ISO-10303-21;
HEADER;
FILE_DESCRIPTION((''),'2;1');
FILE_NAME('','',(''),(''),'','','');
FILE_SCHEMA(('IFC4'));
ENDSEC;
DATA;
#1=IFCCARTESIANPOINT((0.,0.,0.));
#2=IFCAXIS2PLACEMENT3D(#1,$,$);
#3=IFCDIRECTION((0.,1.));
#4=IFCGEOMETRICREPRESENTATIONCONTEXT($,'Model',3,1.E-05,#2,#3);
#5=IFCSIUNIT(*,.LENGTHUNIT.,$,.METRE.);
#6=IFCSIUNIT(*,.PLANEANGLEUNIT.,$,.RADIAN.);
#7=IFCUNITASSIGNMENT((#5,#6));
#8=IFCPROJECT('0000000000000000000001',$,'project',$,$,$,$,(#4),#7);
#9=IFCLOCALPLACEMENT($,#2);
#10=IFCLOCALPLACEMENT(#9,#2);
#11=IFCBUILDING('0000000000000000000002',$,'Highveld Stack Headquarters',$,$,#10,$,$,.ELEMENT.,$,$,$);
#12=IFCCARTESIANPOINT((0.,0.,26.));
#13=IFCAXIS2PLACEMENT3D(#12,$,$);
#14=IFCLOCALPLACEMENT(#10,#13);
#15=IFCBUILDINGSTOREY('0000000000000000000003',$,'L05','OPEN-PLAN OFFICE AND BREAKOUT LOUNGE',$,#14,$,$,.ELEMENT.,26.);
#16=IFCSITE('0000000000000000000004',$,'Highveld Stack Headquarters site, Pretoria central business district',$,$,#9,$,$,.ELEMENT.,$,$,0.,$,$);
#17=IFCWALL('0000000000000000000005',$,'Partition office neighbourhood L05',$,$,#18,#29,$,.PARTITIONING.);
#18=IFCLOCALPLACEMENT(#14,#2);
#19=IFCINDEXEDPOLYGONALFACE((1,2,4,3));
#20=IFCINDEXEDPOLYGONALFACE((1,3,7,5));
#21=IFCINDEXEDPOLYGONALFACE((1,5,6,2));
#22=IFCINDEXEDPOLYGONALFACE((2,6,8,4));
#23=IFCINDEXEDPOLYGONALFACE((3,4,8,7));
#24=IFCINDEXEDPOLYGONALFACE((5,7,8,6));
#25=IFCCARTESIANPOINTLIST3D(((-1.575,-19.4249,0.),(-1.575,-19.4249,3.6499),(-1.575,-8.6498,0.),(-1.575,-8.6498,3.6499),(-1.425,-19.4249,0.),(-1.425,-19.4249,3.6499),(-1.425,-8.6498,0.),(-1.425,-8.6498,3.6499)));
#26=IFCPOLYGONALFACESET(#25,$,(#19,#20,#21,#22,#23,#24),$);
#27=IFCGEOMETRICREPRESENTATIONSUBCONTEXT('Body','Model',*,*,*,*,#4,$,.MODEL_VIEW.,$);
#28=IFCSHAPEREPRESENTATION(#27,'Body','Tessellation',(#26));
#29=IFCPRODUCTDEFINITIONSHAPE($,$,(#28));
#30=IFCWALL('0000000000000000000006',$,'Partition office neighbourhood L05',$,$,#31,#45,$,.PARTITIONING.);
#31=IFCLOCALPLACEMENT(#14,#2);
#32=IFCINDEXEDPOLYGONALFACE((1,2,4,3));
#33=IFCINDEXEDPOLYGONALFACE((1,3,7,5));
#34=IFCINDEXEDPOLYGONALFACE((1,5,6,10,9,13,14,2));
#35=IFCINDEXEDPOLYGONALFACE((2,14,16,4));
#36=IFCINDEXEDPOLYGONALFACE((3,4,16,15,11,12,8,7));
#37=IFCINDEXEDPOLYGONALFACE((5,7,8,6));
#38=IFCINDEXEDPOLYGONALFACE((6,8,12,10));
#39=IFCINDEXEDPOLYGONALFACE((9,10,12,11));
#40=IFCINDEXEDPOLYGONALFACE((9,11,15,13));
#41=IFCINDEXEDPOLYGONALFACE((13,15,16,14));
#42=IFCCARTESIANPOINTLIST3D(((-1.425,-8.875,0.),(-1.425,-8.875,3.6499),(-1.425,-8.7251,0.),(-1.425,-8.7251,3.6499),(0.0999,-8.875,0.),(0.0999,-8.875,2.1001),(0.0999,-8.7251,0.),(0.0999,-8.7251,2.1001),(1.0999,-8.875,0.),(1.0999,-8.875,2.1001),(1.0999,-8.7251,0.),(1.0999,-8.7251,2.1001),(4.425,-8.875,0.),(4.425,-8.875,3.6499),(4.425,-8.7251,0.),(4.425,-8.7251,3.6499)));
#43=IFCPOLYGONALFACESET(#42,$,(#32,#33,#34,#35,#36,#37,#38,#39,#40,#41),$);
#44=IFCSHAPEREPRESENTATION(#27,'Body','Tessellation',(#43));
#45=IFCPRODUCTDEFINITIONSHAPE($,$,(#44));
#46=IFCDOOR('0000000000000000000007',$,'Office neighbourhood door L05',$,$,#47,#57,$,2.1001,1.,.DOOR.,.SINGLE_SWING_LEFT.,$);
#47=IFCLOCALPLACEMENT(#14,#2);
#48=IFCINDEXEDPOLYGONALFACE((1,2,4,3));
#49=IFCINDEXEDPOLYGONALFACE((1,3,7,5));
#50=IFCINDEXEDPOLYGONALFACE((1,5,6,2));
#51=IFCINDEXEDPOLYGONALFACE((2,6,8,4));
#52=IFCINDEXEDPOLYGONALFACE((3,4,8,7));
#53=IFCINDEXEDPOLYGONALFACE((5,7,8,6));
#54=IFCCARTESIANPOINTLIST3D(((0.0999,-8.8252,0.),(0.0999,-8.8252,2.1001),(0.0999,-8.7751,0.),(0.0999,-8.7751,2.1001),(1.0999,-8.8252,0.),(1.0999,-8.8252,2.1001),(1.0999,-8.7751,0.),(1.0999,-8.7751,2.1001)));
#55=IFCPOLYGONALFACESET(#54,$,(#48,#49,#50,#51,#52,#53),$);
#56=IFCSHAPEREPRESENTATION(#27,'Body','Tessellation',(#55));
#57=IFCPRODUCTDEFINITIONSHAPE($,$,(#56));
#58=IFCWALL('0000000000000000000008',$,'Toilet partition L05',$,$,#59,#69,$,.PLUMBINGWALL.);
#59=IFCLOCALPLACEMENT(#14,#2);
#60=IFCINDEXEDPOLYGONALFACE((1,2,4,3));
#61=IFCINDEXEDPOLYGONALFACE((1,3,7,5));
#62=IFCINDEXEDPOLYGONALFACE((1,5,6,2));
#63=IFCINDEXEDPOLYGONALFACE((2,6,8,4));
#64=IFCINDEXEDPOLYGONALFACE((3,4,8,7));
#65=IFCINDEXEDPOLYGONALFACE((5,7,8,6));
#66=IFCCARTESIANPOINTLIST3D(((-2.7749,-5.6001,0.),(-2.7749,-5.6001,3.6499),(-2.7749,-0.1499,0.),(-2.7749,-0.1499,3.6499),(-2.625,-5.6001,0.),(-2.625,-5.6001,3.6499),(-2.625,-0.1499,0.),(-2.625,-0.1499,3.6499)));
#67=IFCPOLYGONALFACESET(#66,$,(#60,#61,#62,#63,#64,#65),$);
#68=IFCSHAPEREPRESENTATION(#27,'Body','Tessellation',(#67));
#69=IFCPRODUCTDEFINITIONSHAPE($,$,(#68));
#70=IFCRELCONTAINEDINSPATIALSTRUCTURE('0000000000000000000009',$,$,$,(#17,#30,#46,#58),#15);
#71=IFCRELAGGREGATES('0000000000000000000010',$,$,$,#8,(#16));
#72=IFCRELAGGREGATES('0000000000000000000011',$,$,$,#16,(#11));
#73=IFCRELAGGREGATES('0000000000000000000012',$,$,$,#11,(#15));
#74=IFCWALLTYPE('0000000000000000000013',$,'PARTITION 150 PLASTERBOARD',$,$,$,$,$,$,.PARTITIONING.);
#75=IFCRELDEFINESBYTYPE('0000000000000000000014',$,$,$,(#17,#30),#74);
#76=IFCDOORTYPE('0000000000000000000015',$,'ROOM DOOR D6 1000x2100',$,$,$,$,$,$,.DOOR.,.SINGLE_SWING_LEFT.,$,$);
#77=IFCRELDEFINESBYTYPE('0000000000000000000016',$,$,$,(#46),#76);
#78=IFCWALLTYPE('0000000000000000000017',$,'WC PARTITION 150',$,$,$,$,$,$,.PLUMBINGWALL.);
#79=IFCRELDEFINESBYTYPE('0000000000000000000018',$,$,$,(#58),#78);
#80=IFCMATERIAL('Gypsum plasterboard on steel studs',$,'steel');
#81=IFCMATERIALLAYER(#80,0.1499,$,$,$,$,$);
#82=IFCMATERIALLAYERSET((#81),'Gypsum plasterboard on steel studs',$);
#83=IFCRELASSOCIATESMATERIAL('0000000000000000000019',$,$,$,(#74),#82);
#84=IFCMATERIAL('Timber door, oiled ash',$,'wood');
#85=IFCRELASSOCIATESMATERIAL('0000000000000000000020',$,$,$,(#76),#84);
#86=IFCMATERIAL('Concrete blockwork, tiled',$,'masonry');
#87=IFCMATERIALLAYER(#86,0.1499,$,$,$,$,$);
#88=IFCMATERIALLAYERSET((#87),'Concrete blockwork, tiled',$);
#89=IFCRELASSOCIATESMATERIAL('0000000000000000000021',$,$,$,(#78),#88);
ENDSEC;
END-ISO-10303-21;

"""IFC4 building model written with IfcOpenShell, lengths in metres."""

from ifc_helpers import new_model, si_unit, direction, frame, frame_2d, origin, place, context, subcontext, project, spatial, rectangle, extrude, material, layer, layer_set, type_object, element, fill, save


model = new_model("IFC4")

# Units and contexts
model_context = context("Model", 3, precision=1e-05, world=origin(), true_north=direction((0.0, 1.0)))
body_context = subcontext(model_context, "Body", "Model", "MODEL_VIEW")
ifc_project = project(units=[si_unit("LENGTHUNIT", "METRE"), si_unit("PLANEANGLEUNIT", "RADIAN")], contexts=[model_context])

# Site, building, storey
site_placement = place(None, origin())
site = spatial("IfcSite", under=ifc_project, at=site_placement, Name="Highveld Stack Headquarters site, Pretoria central business district", CompositionType="ELEMENT", RefElevation=0.0)
building_placement = place(site_placement, origin())
building = spatial("IfcBuilding", under=site, at=building_placement, Name="Highveld Stack Headquarters", CompositionType="ELEMENT")
storey_placement = place(building_placement, frame((0.0, 0.0, 26.0)))
storey = spatial("IfcBuildingStorey", under=building, at=storey_placement, Name="L05", Description="OPEN-PLAN OFFICE AND BREAKOUT LOUNGE", CompositionType="ELEMENT", Elevation=26.0)

# Shared definitions
ifc_material_1 = material(Name="Gypsum plasterboard on steel studs", Category="steel")
ifc_layer_1 = layer(ifc_material_1, 0.1499)
ifc_layer_set_1 = layer_set([ifc_layer_1], Name="Gypsum plasterboard on steel studs")
wall_type_1 = type_object("IfcWallType", Name="PARTITION 150 PLASTERBOARD", PredefinedType="PARTITIONING", material=ifc_layer_set_1)
ifc_material_2 = material(Name="Timber door, oiled ash", Category="wood")
door_type = type_object("IfcDoorType", Name="ROOM DOOR D6 1000x2100", OperationType="SINGLE_SWING_LEFT", PredefinedType="DOOR", material=ifc_material_2)

# Wall
wall_1_placement = place(storey_placement, frame((-1.5, -19.425, 0.0), z_axis=(0.0, 0.0, 1.0), x_axis=(0.0, 1.0, 0.0)))
element("IfcWall", 1, at=wall_1_placement, inside=storey, type_object=wall_type_1, Name="Partition office neighbourhood L05", PredefinedType="PARTITIONING", context=body_context, shape_type="SweptSolid", body=[
    extrude(rectangle(XDim=10.7751, YDim=0.1499, at=frame_2d((5.3877, 0.0))), origin(), (0.0, 0.0, 1.0), 3.6499),
])

# Wall, opening, door
wall_2_placement = place(storey_placement, frame((-1.425, -8.8, 0.0), z_axis=(0.0, 0.0, 1.0), x_axis=(1.0, 0.0, 0.0)))
wall_2 = element("IfcWall", 2, at=wall_2_placement, inside=storey, type_object=wall_type_1, Name="Partition office neighbourhood L05", PredefinedType="PARTITIONING", context=body_context, shape_type="SweptSolid", body=[
    extrude(rectangle(XDim=5.8501, YDim=0.1499, at=frame_2d((2.925, 0.0))), origin(), (0.0, 0.0, 1.0), 3.6499),
])
opening_1_placement = place(wall_2_placement, frame((1.5249, 0.0, 0.0)))
opening_1 = element("IfcOpeningElement", 3, at=opening_1_placement, cuts=wall_2, PredefinedType="OPENING", context=body_context, shape_type="SweptSolid", body=[
    extrude(rectangle(XDim=1.0, YDim=2.1001, at=frame_2d((0.5, 1.05))), frame((0.0, 0.085, 0.0), z_axis=(0.0, -1.0, 0.0), x_axis=(1.0, 0.0, 0.0)), (0.0, 0.0, 1.0), 0.1699),
])
door_1_placement = place(opening_1_placement, origin())
door_1 = element("IfcDoor", 4, at=door_1_placement, inside=storey, type_object=door_type, Name="Office neighbourhood door L05", OperationType="SINGLE_SWING_LEFT", OverallHeight=2.1001, OverallWidth=1.0, PredefinedType="DOOR", context=body_context, shape_type="SweptSolid", body=[
    extrude(rectangle(XDim=1.0, YDim=2.1001, at=frame_2d((0.5, 1.05))), frame((0.0, 0.0249, 0.0), z_axis=(0.0, -1.0, 0.0), x_axis=(1.0, 0.0, 0.0)), (0.0, 0.0, 1.0), 0.05),
])
fill(opening_1, door_1)

# Wall
ifc_material_3 = material(Name="Concrete blockwork, tiled", Category="masonry")
ifc_layer_2 = layer(ifc_material_3, 0.1499)
ifc_layer_set_2 = layer_set([ifc_layer_2], Name="Concrete blockwork, tiled")
wall_type_2 = type_object("IfcWallType", Name="WC PARTITION 150", PredefinedType="PLUMBINGWALL", material=ifc_layer_set_2)
wall_3_placement = place(storey_placement, frame((-2.7, -5.6001, 0.0), z_axis=(0.0, 0.0, 1.0), x_axis=(0.0, 1.0, 0.0)))
element("IfcWall", 5, at=wall_3_placement, inside=storey, type_object=wall_type_2, Name="Toilet partition L05", PredefinedType="PLUMBINGWALL", context=body_context, shape_type="SweptSolid", body=[
    extrude(rectangle(XDim=5.4502, YDim=0.1499, at=frame_2d((2.7251, 0.0))), origin(), (0.0, 0.0, 1.0), 3.6499),
])

save(model, "model.ifc")
